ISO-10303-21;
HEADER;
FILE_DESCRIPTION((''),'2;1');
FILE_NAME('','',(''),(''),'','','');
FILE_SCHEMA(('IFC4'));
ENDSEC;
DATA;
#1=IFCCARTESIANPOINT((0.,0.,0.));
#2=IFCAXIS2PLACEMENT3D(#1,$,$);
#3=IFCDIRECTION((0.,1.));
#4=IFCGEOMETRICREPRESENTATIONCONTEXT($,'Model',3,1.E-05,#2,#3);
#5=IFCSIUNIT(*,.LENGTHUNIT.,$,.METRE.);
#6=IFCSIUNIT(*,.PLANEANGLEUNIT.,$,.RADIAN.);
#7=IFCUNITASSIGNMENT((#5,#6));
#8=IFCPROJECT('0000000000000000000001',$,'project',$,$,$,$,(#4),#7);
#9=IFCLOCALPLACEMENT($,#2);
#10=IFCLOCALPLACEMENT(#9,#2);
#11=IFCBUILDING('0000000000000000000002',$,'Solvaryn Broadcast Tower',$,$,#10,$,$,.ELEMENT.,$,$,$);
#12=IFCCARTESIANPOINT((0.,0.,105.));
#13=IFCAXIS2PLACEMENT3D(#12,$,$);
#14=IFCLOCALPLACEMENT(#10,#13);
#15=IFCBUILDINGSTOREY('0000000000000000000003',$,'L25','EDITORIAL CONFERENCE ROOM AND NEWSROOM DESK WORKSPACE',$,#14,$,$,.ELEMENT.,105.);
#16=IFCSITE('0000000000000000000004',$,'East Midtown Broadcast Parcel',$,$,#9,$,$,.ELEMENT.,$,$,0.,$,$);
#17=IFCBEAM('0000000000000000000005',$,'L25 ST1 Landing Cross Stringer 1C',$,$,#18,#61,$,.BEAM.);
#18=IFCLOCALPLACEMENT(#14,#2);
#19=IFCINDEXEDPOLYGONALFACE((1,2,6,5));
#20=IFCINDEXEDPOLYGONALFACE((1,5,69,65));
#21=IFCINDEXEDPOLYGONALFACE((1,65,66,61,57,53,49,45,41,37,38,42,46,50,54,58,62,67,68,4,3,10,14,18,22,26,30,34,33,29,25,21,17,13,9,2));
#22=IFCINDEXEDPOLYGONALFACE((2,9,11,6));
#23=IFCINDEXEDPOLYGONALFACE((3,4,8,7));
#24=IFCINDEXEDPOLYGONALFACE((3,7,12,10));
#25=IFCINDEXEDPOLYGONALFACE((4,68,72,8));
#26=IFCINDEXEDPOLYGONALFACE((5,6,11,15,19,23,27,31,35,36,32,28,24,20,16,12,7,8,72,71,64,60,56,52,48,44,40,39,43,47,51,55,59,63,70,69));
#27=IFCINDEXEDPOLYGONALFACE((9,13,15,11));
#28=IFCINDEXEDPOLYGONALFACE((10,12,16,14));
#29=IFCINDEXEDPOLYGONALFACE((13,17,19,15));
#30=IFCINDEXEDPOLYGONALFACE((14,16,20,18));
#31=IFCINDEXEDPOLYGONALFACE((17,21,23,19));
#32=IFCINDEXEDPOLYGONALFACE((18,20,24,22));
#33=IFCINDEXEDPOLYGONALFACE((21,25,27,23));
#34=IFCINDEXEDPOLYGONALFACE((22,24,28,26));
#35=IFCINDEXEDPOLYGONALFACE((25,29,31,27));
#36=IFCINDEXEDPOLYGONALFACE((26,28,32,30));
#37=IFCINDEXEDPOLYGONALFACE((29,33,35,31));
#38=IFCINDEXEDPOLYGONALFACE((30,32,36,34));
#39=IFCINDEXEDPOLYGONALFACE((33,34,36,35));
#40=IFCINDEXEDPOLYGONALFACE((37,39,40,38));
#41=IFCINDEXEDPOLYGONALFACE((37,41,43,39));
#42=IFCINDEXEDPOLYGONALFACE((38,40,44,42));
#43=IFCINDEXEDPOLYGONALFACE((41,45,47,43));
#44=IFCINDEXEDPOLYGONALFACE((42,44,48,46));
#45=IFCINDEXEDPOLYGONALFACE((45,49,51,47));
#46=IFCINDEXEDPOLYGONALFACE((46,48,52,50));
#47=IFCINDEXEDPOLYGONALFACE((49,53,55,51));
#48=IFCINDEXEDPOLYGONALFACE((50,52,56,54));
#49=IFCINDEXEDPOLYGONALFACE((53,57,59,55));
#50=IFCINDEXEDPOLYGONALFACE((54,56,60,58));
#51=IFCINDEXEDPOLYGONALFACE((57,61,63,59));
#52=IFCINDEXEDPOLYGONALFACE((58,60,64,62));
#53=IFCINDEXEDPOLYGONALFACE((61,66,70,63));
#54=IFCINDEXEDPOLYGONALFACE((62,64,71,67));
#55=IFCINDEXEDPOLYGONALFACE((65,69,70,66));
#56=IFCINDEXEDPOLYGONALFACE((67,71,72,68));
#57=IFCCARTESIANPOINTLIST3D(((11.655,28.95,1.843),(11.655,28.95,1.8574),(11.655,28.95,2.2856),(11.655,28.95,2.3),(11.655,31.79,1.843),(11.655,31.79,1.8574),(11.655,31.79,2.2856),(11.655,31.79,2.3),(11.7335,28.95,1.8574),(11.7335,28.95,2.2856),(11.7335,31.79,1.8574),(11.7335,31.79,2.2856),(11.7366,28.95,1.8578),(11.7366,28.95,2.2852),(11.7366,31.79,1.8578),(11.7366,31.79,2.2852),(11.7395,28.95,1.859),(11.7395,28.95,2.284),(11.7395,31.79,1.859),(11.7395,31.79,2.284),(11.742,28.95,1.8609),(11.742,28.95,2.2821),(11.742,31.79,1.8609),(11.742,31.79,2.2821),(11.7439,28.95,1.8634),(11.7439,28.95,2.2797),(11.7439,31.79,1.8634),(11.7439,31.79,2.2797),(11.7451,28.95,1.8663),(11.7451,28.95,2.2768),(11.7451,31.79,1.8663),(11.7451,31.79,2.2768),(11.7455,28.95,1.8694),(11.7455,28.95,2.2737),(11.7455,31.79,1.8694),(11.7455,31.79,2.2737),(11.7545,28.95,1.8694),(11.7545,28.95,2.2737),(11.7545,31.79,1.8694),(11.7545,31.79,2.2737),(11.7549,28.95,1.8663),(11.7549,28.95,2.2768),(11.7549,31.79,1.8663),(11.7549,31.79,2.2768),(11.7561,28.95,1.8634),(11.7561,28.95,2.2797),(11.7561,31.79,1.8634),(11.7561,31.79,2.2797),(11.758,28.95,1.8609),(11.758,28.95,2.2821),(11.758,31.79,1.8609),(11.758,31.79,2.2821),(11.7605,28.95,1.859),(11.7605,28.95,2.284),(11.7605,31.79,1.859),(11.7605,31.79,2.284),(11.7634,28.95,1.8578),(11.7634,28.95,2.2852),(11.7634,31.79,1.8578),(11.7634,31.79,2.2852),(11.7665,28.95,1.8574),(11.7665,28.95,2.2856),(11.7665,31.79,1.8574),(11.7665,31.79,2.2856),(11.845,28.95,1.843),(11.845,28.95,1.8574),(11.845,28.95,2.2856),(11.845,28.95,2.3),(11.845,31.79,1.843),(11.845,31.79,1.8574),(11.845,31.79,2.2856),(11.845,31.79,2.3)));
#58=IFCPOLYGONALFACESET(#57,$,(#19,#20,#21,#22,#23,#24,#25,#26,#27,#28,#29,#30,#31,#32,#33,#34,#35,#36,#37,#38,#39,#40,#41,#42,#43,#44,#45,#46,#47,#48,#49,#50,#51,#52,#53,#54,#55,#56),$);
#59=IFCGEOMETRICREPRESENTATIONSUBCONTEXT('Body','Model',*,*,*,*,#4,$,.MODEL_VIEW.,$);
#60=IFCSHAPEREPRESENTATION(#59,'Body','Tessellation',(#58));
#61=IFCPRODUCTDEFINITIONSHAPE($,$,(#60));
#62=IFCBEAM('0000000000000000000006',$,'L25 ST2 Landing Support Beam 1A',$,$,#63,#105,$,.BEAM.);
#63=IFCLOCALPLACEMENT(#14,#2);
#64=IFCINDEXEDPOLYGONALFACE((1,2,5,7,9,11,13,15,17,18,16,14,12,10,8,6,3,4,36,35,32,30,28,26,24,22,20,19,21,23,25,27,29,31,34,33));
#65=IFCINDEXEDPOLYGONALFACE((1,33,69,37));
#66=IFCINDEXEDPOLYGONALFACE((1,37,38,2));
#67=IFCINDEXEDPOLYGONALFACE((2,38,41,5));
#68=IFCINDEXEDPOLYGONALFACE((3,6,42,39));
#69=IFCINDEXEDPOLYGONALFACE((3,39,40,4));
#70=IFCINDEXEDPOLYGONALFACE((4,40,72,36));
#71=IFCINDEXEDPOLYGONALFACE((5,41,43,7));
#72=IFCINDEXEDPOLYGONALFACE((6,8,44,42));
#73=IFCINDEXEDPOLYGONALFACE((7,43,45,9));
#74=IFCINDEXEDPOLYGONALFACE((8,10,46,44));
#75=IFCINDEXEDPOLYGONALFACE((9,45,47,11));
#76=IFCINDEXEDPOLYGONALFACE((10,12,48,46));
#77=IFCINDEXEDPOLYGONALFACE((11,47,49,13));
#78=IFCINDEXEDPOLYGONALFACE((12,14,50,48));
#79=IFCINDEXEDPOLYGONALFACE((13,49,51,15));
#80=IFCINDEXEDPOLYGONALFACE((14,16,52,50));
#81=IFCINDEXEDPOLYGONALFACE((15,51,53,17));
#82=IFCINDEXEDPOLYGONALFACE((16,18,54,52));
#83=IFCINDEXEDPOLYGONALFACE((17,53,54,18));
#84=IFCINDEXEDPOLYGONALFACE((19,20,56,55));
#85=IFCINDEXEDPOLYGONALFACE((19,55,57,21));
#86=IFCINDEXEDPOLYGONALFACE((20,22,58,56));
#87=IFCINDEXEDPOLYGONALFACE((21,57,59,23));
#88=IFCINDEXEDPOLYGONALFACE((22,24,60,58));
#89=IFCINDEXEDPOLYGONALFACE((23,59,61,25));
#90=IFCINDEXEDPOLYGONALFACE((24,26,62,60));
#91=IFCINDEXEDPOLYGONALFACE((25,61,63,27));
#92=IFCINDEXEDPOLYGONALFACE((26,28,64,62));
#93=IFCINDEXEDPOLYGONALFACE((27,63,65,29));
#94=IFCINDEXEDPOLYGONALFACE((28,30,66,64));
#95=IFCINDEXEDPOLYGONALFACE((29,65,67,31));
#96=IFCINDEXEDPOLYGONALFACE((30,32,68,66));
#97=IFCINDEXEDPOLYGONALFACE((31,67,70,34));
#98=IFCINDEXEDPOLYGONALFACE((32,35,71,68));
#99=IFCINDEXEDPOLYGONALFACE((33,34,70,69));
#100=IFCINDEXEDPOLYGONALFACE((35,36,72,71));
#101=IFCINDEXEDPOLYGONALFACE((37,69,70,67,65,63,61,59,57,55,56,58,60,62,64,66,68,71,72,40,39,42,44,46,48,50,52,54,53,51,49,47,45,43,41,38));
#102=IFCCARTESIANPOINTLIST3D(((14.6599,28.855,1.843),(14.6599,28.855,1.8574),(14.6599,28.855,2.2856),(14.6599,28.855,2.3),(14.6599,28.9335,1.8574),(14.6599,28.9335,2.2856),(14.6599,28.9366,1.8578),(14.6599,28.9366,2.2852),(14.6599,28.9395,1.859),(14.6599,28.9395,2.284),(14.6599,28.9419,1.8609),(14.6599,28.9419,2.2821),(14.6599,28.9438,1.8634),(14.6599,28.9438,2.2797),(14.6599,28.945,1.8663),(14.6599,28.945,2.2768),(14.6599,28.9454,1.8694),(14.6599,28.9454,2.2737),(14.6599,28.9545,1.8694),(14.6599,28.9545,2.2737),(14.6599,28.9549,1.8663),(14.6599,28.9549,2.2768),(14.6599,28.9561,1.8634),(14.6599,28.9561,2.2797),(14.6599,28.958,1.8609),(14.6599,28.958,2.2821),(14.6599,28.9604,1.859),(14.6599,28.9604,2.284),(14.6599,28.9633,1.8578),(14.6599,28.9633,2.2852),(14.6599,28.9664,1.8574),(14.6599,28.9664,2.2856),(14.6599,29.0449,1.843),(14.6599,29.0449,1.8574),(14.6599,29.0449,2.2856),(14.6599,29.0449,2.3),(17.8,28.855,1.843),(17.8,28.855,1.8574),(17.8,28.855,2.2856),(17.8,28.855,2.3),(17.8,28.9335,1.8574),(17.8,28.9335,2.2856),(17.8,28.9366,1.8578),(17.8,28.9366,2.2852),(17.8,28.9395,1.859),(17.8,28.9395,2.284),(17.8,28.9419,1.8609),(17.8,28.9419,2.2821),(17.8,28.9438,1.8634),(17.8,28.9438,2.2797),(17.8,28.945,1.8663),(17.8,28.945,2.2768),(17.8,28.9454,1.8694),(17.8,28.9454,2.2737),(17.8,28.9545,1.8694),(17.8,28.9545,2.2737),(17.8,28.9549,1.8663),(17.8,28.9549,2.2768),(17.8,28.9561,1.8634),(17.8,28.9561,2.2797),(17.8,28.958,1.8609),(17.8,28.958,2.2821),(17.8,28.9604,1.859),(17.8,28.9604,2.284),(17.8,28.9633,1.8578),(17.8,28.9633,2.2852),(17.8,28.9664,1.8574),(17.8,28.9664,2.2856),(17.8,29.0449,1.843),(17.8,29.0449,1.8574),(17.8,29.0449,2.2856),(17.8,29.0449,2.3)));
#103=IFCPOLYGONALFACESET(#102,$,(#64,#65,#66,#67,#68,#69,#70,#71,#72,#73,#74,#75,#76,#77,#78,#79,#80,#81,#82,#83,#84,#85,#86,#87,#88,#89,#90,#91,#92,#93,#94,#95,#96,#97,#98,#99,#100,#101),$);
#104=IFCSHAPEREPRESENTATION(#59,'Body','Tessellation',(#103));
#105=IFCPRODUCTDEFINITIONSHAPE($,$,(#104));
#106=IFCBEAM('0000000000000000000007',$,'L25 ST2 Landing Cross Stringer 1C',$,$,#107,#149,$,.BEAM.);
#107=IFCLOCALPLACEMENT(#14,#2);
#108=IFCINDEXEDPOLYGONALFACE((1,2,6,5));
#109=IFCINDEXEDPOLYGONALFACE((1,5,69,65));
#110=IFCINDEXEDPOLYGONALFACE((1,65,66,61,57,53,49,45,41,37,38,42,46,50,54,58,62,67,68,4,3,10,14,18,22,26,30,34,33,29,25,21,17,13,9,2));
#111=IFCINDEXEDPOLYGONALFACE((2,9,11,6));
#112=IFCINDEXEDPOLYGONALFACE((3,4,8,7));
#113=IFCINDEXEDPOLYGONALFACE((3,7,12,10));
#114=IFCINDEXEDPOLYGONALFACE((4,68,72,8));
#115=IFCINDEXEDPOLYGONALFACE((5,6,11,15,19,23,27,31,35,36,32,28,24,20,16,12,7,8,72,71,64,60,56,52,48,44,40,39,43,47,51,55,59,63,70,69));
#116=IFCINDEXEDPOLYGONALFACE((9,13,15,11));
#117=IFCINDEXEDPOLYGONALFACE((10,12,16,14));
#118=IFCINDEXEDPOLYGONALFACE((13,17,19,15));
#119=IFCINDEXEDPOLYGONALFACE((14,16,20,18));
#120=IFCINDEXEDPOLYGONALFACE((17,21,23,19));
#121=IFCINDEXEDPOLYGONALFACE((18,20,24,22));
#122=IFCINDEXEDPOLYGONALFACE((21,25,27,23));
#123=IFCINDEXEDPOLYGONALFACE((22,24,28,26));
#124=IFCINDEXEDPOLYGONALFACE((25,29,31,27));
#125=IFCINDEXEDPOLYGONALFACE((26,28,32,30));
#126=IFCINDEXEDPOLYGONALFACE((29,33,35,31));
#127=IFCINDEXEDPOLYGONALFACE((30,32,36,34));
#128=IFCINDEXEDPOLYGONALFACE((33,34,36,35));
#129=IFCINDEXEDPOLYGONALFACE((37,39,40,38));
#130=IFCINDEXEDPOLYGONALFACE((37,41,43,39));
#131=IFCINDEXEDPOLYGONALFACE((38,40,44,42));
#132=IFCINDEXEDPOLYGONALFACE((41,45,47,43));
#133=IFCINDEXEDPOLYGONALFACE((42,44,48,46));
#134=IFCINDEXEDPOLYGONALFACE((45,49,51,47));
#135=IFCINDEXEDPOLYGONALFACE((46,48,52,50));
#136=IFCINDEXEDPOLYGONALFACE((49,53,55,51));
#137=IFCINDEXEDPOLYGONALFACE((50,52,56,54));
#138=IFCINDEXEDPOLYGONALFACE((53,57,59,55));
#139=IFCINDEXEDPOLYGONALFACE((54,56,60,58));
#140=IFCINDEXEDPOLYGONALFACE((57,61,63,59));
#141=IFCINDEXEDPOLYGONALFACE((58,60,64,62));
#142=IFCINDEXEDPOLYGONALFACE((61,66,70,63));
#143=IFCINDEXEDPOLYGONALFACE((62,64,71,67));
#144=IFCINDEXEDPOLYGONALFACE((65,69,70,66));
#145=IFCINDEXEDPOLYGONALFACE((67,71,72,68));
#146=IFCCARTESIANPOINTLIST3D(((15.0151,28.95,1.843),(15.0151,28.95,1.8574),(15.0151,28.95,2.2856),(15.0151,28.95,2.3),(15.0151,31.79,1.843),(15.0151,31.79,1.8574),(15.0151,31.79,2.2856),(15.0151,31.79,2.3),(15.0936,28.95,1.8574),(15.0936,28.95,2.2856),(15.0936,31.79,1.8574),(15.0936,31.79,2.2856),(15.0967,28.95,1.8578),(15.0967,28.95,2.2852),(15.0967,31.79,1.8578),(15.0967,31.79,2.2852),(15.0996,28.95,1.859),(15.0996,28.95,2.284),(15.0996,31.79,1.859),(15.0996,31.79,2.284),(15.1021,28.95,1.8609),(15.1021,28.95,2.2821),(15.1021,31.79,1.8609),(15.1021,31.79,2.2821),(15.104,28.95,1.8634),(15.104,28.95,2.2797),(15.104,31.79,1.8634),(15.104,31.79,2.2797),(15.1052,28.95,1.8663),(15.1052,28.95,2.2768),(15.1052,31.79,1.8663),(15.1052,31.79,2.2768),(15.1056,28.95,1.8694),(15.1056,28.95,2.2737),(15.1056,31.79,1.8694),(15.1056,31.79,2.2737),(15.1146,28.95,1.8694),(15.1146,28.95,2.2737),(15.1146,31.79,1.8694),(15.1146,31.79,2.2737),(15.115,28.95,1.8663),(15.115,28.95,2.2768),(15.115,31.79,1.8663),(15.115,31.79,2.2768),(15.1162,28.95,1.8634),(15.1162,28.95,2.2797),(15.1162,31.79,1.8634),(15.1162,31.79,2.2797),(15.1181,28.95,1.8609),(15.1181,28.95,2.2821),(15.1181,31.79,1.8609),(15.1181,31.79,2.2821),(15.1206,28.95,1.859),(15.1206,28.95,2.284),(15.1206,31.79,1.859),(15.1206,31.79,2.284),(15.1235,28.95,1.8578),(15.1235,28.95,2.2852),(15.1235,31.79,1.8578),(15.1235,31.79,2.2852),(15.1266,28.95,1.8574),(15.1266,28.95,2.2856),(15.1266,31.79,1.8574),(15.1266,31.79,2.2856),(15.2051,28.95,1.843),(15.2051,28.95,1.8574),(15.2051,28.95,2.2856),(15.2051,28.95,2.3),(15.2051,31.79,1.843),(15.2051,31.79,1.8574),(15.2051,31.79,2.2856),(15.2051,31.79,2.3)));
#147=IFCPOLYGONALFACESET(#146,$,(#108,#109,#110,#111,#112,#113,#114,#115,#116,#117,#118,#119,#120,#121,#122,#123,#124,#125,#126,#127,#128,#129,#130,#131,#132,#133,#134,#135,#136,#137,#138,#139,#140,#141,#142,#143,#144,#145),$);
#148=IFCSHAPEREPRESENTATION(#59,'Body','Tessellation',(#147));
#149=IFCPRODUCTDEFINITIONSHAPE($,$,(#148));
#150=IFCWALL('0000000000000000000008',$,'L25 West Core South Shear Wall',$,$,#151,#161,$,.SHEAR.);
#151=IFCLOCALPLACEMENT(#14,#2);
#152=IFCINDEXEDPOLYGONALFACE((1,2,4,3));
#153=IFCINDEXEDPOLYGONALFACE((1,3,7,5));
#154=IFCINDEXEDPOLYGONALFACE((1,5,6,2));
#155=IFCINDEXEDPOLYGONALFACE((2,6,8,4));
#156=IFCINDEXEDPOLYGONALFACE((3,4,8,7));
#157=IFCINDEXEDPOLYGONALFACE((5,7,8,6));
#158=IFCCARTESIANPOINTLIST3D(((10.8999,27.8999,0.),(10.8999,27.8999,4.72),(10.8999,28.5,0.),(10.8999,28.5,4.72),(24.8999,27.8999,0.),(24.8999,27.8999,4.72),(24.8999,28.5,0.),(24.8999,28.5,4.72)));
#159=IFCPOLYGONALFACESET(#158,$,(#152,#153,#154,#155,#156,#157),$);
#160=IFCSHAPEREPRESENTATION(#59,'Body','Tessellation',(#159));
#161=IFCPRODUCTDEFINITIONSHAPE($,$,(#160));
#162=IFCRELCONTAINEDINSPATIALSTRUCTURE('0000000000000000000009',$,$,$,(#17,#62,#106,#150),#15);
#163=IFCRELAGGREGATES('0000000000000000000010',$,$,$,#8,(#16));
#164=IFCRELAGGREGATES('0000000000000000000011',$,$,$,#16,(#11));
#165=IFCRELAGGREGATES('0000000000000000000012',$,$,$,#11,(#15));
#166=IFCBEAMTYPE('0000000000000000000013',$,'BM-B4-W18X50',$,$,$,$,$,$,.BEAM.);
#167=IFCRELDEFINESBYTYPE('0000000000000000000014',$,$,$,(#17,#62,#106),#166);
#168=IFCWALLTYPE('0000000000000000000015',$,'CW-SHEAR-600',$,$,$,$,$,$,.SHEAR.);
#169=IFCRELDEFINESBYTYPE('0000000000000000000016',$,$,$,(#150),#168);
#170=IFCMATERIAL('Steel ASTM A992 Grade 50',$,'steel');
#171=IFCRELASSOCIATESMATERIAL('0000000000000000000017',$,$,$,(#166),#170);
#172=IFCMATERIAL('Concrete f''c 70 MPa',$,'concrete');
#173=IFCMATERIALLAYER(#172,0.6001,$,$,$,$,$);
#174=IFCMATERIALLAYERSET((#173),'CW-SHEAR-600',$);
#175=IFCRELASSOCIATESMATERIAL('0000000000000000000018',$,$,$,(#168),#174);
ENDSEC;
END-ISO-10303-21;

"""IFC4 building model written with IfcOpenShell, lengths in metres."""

from ifc_helpers import new_model, si_unit, direction, frame, frame_2d, origin, origin_2d, place, context, subcontext, project, spatial, rectangle, i_section, extrude, material, layer, layer_set, material_profile, profile_set, type_object, element, save


model = new_model("IFC4")

# Units and contexts
model_context = context("Model", 3, precision=1e-05, world=origin(), true_north=direction((0.0, 1.0)))
body_context = subcontext(model_context, "Body", "Model", "MODEL_VIEW")
ifc_project = project(units=[si_unit("LENGTHUNIT", "METRE"), si_unit("PLANEANGLEUNIT", "RADIAN")], contexts=[model_context])

# Site, building, storey
site_placement = place(None, origin())
site = spatial("IfcSite", under=ifc_project, at=site_placement, Name="East Midtown Broadcast Parcel", CompositionType="ELEMENT", RefElevation=0.0)
building_placement = place(site_placement, origin())
building = spatial("IfcBuilding", under=site, at=building_placement, Name="Solvaryn Broadcast Tower", CompositionType="ELEMENT")
storey_placement = place(building_placement, frame((0.0, 0.0, 105.0)))
storey = spatial("IfcBuildingStorey", under=building, at=storey_placement, Name="L25", Description="EDITORIAL CONFERENCE ROOM AND NEWSROOM DESK WORKSPACE", CompositionType="ELEMENT", Elevation=105.0)

# Beams
ifc_material_1 = material(Name="Steel ASTM A992 Grade 50", Category="steel")
ifc_material_profile_1 = material_profile(ifc_material_1, i_section(OverallWidth=0.1899, OverallDepth=0.457, WebThickness=0.009, FlangeThickness=0.0144, FilletRadius=0.012, at=origin_2d()))
ifc_profile_set_1 = profile_set([ifc_material_profile_1], Name="Steel ASTM A992 Grade 50")
beam_type_1 = type_object("IfcBeamType", Name="BM-B4-W18X50", PredefinedType="BEAM", material=ifc_profile_set_1)
beam_1_placement = place(storey_placement, frame((11.75, 28.95, 2.0715), z_axis=(0.0, 1.0, 0.0), x_axis=(-1.0, 0.0, 0.0)))
element("IfcBeam", 1, at=beam_1_placement, inside=storey, type_object=beam_type_1, Name="L25 ST1 Landing Cross Stringer 1C", PredefinedType="BEAM", context=body_context, shape_type="SweptSolid", body=[
    extrude(i_section(OverallWidth=0.1899, OverallDepth=0.457, WebThickness=0.009, FlangeThickness=0.0144, FilletRadius=0.012, at=origin_2d()), origin(), (0.0, 0.0, 1.0), 2.8401),
])
beam_2_placement = place(storey_placement, frame((14.6599, 28.95, 2.0715), z_axis=(1.0, 0.0, 0.0), x_axis=(0.0, 1.0, 0.0)))
element("IfcBeam", 2, at=beam_2_placement, inside=storey, type_object=beam_type_1, Name="L25 ST2 Landing Support Beam 1A", PredefinedType="BEAM", context=body_context, shape_type="SweptSolid", body=[
    extrude(i_section(OverallWidth=0.1899, OverallDepth=0.457, WebThickness=0.009, FlangeThickness=0.0144, FilletRadius=0.012, at=origin_2d()), origin(), (0.0, 0.0, 1.0), 3.1401),
])
beam_3_placement = place(storey_placement, frame((15.1101, 28.95, 2.0715), z_axis=(0.0, 1.0, 0.0), x_axis=(-1.0, 0.0, 0.0)))
element("IfcBeam", 3, at=beam_3_placement, inside=storey, type_object=beam_type_1, Name="L25 ST2 Landing Cross Stringer 1C", PredefinedType="BEAM", context=body_context, shape_type="SweptSolid", body=[
    extrude(i_section(OverallWidth=0.1899, OverallDepth=0.457, WebThickness=0.009, FlangeThickness=0.0144, FilletRadius=0.012, at=origin_2d()), origin(), (0.0, 0.0, 1.0), 2.8401),
])

# Wall
ifc_material_2 = material(Name="Concrete f'c 70 MPa", Category="concrete")
ifc_layer_1 = layer(ifc_material_2, 0.6001)
ifc_layer_set_1 = layer_set([ifc_layer_1], Name="CW-SHEAR-600")
wall_type_1 = type_object("IfcWallType", Name="CW-SHEAR-600", PredefinedType="SHEAR", material=ifc_layer_set_1)
wall_1_placement = place(storey_placement, frame((10.8999, 28.2, 0.0), z_axis=(0.0, 0.0, 1.0), x_axis=(1.0, 0.0, 0.0)))
element("IfcWall", 4, at=wall_1_placement, inside=storey, type_object=wall_type_1, Name="L25 West Core South Shear Wall", PredefinedType="SHEAR", context=body_context, shape_type="SweptSolid", body=[
    extrude(rectangle(XDim=14.0, YDim=0.6001, at=frame_2d((7.0, 0.0))), origin(), (0.0, 0.0, 1.0), 4.72),
])

save(model, "model.ifc")
